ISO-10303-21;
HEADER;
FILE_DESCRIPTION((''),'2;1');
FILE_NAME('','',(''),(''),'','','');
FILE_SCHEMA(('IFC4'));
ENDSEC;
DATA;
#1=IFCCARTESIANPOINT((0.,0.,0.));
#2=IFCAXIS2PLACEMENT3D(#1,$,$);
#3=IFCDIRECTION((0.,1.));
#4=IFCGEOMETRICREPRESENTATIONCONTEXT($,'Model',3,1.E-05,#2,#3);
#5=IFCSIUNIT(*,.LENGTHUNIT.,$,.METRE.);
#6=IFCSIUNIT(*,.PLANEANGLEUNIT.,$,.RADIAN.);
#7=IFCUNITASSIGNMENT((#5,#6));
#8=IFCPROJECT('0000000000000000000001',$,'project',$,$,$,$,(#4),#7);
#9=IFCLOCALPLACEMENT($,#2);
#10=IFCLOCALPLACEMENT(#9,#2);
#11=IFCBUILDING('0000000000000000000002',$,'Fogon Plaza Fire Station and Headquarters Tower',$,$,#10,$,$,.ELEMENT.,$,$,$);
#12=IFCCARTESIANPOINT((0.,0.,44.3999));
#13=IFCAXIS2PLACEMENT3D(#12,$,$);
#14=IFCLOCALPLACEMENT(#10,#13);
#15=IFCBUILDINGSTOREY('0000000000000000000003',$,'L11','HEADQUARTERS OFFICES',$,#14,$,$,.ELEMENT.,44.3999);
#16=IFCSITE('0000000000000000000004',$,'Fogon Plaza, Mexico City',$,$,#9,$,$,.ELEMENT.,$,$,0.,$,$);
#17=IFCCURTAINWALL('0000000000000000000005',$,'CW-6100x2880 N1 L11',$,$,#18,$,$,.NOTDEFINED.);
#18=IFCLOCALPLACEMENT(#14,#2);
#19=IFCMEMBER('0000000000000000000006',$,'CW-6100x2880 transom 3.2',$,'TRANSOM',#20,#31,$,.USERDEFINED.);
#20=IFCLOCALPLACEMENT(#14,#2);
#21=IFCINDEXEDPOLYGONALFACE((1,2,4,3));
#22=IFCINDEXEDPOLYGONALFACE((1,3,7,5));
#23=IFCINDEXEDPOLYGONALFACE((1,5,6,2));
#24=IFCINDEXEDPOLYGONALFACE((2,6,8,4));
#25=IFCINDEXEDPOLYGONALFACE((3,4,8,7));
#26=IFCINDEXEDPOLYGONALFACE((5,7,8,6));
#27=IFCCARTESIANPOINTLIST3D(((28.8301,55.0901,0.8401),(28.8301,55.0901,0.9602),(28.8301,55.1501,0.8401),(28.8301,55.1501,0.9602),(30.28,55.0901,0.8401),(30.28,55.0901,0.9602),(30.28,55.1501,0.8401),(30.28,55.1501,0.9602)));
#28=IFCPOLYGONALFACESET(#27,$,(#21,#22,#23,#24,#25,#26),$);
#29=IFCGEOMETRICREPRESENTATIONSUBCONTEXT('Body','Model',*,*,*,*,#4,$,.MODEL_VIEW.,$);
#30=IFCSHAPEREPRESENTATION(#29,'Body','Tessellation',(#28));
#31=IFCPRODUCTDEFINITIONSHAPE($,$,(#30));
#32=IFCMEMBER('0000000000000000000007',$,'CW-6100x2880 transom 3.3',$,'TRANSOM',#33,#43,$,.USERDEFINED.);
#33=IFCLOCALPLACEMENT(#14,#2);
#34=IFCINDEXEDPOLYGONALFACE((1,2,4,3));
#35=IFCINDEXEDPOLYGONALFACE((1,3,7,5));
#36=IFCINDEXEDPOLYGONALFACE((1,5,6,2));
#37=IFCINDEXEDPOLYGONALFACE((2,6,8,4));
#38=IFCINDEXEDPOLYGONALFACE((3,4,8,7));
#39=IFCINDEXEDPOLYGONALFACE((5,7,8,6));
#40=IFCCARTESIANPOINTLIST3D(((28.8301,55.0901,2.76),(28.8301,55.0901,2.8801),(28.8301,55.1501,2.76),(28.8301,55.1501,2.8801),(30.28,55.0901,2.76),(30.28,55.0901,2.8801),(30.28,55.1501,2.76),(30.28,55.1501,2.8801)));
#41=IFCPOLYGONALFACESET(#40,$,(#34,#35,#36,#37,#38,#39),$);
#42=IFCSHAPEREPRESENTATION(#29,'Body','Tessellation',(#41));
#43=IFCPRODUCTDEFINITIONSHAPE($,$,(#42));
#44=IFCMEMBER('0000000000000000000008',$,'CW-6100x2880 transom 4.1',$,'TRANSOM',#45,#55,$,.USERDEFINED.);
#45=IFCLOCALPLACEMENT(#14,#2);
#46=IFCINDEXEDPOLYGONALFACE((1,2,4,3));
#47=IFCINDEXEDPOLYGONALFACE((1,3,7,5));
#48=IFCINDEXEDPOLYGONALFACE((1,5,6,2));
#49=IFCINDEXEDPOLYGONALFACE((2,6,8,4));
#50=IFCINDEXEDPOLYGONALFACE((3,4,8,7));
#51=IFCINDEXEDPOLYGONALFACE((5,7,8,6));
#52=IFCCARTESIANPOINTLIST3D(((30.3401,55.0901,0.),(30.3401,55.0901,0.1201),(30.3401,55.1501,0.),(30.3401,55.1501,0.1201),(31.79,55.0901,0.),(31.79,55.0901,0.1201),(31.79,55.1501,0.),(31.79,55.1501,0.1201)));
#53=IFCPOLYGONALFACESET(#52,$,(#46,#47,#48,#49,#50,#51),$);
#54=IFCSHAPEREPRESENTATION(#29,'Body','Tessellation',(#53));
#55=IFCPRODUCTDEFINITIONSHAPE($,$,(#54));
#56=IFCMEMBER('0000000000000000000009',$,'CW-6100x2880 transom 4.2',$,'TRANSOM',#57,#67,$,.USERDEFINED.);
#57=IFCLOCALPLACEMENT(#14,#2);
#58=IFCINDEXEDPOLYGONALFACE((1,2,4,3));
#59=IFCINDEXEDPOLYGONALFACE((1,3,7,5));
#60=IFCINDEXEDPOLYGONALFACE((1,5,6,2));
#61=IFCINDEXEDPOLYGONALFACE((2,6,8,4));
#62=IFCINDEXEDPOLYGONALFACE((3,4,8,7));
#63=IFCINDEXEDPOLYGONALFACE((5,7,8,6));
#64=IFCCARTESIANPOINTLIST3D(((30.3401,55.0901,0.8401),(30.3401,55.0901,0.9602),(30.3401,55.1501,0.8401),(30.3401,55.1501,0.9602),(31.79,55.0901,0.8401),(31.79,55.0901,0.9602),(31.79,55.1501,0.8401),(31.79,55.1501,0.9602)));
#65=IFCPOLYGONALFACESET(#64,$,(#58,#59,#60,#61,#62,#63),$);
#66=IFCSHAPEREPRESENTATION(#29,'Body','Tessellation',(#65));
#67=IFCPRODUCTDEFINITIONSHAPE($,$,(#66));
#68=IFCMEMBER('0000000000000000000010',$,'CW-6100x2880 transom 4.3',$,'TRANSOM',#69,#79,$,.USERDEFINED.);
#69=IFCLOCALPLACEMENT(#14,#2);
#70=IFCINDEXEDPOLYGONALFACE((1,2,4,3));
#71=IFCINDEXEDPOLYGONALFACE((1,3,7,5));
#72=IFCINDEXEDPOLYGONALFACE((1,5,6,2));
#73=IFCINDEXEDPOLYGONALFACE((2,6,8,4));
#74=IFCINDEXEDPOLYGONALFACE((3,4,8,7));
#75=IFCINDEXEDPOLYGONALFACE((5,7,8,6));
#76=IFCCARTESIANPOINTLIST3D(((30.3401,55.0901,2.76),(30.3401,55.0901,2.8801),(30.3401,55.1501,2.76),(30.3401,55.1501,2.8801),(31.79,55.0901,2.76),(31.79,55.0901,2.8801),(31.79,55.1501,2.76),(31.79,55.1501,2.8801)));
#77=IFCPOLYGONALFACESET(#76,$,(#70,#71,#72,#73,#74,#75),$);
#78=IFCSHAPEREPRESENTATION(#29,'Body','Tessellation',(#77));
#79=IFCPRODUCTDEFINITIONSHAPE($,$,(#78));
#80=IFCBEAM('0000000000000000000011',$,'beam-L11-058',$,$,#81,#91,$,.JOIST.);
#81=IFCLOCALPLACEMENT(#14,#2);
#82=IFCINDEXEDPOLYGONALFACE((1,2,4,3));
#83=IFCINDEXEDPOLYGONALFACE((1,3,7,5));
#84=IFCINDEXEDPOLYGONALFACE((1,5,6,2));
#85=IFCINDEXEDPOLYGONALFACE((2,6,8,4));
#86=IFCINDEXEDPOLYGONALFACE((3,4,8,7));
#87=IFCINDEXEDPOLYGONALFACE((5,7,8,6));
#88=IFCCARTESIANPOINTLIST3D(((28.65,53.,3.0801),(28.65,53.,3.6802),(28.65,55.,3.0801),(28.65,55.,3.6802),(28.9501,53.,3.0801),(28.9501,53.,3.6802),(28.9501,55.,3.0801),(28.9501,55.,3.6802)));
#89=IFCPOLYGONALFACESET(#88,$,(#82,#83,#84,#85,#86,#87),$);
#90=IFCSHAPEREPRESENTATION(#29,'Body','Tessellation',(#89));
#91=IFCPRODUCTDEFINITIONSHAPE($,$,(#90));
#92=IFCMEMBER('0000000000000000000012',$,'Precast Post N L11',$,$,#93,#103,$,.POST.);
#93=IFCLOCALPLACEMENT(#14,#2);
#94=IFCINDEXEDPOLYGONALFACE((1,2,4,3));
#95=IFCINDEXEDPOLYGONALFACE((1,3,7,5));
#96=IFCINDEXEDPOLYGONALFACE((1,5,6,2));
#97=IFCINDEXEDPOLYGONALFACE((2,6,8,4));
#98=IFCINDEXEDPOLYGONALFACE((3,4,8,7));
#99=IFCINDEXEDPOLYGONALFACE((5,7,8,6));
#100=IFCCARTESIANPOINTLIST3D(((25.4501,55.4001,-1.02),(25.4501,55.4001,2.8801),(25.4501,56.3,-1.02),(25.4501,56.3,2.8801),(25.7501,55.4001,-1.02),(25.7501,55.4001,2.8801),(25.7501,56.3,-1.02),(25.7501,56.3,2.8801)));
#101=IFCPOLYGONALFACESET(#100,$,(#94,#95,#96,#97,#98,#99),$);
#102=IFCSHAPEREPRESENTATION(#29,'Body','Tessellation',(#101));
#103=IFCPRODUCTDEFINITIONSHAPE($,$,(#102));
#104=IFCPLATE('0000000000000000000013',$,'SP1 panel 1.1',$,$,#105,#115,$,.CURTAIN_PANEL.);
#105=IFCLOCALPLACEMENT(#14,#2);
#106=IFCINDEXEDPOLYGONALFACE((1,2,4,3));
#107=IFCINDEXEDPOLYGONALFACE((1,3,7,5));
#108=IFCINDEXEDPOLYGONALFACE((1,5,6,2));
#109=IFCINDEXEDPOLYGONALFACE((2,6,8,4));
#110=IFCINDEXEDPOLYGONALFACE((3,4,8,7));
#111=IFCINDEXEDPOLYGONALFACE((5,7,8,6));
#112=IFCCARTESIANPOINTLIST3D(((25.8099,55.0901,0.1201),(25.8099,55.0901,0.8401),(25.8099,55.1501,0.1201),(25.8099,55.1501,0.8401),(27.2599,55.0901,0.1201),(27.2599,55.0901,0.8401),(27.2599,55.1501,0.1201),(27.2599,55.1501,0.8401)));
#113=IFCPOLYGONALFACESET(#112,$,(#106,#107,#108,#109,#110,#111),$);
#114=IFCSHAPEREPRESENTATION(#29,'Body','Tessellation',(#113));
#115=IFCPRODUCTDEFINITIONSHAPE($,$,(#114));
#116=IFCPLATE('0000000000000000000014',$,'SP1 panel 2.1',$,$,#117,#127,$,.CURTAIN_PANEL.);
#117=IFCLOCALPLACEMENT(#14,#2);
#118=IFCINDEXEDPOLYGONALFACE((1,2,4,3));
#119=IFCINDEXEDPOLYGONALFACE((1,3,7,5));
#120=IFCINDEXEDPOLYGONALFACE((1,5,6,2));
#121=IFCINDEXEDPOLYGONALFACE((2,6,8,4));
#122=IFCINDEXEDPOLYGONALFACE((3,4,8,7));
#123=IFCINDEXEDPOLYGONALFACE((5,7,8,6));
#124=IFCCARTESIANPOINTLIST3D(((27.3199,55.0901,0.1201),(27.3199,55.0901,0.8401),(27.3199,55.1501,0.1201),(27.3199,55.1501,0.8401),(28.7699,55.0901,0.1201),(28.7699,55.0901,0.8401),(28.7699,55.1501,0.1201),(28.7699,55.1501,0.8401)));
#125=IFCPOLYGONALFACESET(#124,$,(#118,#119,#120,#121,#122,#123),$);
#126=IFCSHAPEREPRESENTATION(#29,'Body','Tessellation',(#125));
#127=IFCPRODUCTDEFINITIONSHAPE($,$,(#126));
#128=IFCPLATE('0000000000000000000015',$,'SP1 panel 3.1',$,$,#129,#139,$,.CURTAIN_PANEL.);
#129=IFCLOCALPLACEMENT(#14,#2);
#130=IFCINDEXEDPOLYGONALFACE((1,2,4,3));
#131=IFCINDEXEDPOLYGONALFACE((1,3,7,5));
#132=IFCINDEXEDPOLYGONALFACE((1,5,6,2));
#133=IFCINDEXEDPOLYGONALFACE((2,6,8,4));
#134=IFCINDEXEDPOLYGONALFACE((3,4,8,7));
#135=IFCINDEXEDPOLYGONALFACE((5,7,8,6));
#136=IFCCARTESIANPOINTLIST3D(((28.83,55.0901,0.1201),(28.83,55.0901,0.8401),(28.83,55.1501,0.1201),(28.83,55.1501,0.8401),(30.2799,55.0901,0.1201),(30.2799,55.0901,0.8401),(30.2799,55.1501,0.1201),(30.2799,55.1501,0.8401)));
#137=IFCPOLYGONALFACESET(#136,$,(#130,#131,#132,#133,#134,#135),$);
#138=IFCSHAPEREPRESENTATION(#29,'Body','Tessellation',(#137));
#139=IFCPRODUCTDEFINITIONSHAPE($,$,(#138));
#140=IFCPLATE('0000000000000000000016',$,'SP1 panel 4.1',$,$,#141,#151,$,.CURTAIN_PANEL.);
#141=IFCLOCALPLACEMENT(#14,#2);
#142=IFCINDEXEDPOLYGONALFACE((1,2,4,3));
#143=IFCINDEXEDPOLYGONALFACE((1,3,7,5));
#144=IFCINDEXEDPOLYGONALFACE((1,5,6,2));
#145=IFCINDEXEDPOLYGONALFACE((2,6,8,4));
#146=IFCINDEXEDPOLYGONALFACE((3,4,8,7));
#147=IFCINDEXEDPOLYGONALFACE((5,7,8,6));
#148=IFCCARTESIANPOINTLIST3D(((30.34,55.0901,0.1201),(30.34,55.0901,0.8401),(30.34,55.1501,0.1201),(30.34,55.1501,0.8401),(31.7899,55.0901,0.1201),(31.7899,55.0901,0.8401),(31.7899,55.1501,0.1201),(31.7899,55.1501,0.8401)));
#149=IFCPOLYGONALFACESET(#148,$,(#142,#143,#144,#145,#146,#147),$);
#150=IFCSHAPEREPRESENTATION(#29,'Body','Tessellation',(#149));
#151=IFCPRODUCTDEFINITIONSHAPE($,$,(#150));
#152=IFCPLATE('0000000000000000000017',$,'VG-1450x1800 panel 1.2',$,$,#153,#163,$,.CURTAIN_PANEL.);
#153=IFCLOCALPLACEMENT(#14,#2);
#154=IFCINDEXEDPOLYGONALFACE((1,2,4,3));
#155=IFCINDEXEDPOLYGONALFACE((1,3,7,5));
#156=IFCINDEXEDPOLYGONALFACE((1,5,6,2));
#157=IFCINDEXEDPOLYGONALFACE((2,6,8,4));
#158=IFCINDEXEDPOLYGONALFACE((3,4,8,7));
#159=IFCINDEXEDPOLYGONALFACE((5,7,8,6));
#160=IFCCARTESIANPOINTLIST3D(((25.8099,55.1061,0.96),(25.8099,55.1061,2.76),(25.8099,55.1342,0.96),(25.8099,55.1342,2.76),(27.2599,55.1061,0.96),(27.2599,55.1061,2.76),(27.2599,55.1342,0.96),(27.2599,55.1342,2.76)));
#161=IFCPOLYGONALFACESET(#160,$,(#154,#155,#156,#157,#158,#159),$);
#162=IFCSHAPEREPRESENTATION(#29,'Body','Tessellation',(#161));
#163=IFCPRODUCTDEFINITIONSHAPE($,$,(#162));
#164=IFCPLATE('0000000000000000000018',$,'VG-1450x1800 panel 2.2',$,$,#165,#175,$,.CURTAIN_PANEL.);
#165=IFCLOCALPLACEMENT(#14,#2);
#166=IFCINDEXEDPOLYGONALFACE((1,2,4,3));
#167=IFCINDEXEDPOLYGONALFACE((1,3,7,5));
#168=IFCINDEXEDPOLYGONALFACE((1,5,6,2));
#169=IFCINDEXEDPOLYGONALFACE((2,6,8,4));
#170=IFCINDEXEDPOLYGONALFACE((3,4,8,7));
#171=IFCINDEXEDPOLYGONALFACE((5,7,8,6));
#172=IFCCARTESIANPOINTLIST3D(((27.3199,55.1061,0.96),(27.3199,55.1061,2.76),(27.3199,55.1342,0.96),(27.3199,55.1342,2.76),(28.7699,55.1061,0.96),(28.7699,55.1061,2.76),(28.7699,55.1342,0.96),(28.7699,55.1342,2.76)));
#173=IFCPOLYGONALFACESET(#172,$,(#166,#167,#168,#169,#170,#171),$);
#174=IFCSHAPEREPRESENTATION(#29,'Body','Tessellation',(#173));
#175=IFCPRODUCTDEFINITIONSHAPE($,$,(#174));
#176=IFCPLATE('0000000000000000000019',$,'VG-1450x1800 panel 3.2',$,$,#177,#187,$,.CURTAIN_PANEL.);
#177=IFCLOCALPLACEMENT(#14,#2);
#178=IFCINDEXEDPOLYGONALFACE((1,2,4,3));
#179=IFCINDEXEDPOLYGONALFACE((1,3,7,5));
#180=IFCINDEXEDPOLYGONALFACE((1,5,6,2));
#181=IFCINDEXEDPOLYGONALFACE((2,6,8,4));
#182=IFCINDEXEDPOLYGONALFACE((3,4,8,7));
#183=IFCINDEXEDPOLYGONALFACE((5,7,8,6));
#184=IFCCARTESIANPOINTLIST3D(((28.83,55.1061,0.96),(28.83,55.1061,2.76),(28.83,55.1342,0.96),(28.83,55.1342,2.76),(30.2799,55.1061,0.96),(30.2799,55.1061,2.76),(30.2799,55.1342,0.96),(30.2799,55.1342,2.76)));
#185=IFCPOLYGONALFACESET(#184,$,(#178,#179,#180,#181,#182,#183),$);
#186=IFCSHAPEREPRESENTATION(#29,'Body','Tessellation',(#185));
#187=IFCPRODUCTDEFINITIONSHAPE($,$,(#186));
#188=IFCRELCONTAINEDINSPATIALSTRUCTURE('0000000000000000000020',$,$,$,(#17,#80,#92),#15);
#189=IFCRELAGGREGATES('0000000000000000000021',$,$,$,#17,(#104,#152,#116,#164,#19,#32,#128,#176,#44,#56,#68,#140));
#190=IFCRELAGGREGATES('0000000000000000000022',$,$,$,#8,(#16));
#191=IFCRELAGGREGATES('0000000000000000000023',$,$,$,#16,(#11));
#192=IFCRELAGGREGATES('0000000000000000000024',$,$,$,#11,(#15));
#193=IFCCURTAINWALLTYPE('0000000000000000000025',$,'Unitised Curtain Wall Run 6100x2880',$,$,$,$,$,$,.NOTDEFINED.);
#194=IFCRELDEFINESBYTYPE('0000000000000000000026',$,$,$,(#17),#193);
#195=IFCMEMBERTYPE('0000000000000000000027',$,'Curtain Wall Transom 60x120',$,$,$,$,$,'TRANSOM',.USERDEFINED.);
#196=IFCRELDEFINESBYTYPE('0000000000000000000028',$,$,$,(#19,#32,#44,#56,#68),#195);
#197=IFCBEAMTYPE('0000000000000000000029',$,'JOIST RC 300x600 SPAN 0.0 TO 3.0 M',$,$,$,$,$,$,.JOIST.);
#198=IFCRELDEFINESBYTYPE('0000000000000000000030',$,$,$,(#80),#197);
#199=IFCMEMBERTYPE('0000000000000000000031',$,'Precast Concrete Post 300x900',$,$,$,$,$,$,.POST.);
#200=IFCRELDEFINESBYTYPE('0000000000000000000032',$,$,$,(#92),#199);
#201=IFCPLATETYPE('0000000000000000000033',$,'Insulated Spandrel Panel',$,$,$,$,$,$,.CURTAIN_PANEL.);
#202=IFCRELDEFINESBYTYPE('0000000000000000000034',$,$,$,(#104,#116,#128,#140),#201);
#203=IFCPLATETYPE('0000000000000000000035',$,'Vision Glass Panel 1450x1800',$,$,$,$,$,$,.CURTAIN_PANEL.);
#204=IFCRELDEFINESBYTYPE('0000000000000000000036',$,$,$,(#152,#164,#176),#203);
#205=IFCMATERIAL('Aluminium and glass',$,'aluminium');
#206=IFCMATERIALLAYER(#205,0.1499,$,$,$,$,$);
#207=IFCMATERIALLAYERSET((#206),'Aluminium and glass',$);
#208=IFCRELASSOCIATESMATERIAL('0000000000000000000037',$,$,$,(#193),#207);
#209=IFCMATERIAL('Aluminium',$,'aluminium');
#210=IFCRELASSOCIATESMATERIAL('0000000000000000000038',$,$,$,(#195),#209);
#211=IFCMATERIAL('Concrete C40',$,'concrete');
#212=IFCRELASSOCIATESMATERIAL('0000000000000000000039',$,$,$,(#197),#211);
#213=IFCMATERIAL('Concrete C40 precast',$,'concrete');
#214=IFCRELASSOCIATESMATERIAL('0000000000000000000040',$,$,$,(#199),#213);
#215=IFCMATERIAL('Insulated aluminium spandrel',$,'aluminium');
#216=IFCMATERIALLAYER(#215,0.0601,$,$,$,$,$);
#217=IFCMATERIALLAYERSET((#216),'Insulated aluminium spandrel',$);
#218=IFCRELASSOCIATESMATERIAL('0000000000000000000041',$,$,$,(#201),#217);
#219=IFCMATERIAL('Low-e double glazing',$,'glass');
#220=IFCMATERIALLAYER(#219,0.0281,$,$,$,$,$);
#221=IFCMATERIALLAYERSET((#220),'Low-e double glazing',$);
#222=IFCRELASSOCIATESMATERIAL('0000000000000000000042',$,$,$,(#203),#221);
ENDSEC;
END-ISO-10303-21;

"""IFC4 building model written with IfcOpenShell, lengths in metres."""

from ifc_helpers import new_model, si_unit, direction, frame, origin, origin_2d, place, context, subcontext, project, spatial, rectangle, extrude, material, layer, layer_set, material_profile, profile_set, type_object, element, aggregate, save


model = new_model("IFC4")

# Units and contexts
model_context = context("Model", 3, precision=1e-05, world=origin(), true_north=direction((0.0, 1.0)))
body_context = subcontext(model_context, "Body", "Model", "MODEL_VIEW")
ifc_project = project(units=[si_unit("LENGTHUNIT", "METRE"), si_unit("PLANEANGLEUNIT", "RADIAN")], contexts=[model_context])

# Site, building, storey
site_placement = place(None, origin())
site = spatial("IfcSite", under=ifc_project, at=site_placement, Name="Fogon Plaza, Mexico City", CompositionType="ELEMENT", RefElevation=0.0)
building_placement = place(site_placement, origin())
building = spatial("IfcBuilding", under=site, at=building_placement, Name="Fogon Plaza Fire Station and Headquarters Tower", CompositionType="ELEMENT")
storey_placement = place(building_placement, frame((0.0, 0.0, 44.3999)))
storey = spatial("IfcBuildingStorey", under=building, at=storey_placement, Name="L11", Description="HEADQUARTERS OFFICES", CompositionType="ELEMENT", Elevation=44.3999)

# Curtain wall, members
ifc_material_1 = material(Name="Aluminium and glass", Category="aluminium")
ifc_layer_1 = layer(ifc_material_1, 0.1499)
ifc_layer_set_1 = layer_set([ifc_layer_1], Name="Aluminium and glass")
curtain_wall_type = type_object("IfcCurtainWallType", Name="Unitised Curtain Wall Run 6100x2880", PredefinedType="NOTDEFINED", material=ifc_layer_set_1)
curtain_wall_placement = place(storey_placement, origin())
curtain_wall = element("IfcCurtainWall", 1, at=curtain_wall_placement, inside=storey, type_object=curtain_wall_type, Name="CW-6100x2880 N1 L11", PredefinedType="NOTDEFINED")
ifc_material_2 = material(Name="Aluminium", Category="aluminium")
ifc_material_profile_1 = material_profile(ifc_material_2, rectangle(XDim=0.0601, YDim=0.1201, at=origin_2d()), Name="Curtain Wall Transom 60x120")
ifc_profile_set_1 = profile_set([ifc_material_profile_1], Name="Aluminium")
member_type_1 = type_object("IfcMemberType", Name="Curtain Wall Transom 60x120", ElementType="TRANSOM", PredefinedType="USERDEFINED", material=ifc_profile_set_1)
member_1_placement = place(storey_placement, frame((28.8301, 55.1201, 0.9001), z_axis=(1.0, 0.0, 0.0), x_axis=(0.0, 1.0, 0.0)))
member_1 = element("IfcMember", 2, at=member_1_placement, type_object=member_type_1, Name="CW-6100x2880 transom 3.2", ObjectType="TRANSOM", PredefinedType="USERDEFINED", context=body_context, shape_type="SweptSolid", body=[
    extrude(rectangle(XDim=0.0601, YDim=0.1201, at=origin_2d()), origin(), (0.0, 0.0, 1.0), 1.45),
])
member_2_placement = place(storey_placement, frame((28.8301, 55.1201, 2.8201), z_axis=(1.0, 0.0, 0.0), x_axis=(0.0, 1.0, 0.0)))
member_2 = element("IfcMember", 3, at=member_2_placement, type_object=member_type_1, Name="CW-6100x2880 transom 3.3", ObjectType="TRANSOM", PredefinedType="USERDEFINED", context=body_context, shape_type="SweptSolid", body=[
    extrude(rectangle(XDim=0.0601, YDim=0.1201, at=origin_2d()), origin(), (0.0, 0.0, 1.0), 1.45),
])
member_3_placement = place(storey_placement, frame((30.3401, 55.1201, 0.0601), z_axis=(1.0, 0.0, 0.0), x_axis=(0.0, 1.0, 0.0)))
member_3 = element("IfcMember", 4, at=member_3_placement, type_object=member_type_1, Name="CW-6100x2880 transom 4.1", ObjectType="TRANSOM", PredefinedType="USERDEFINED", context=body_context, shape_type="SweptSolid", body=[
    extrude(rectangle(XDim=0.0601, YDim=0.1201, at=origin_2d()), origin(), (0.0, 0.0, 1.0), 1.45),
])
member_4_placement = place(storey_placement, frame((30.3401, 55.1201, 0.9001), z_axis=(1.0, 0.0, 0.0), x_axis=(0.0, 1.0, 0.0)))
member_4 = element("IfcMember", 5, at=member_4_placement, type_object=member_type_1, Name="CW-6100x2880 transom 4.2", ObjectType="TRANSOM", PredefinedType="USERDEFINED", context=body_context, shape_type="SweptSolid", body=[
    extrude(rectangle(XDim=0.0601, YDim=0.1201, at=origin_2d()), origin(), (0.0, 0.0, 1.0), 1.45),
])
member_5_placement = place(storey_placement, frame((30.3401, 55.1201, 2.8201), z_axis=(1.0, 0.0, 0.0), x_axis=(0.0, 1.0, 0.0)))
member_5 = element("IfcMember", 6, at=member_5_placement, type_object=member_type_1, Name="CW-6100x2880 transom 4.3", ObjectType="TRANSOM", PredefinedType="USERDEFINED", context=body_context, shape_type="SweptSolid", body=[
    extrude(rectangle(XDim=0.0601, YDim=0.1201, at=origin_2d()), origin(), (0.0, 0.0, 1.0), 1.45),
])

# Beam
ifc_material_3 = material(Name="Concrete C40", Category="concrete")
ifc_material_profile_2 = material_profile(ifc_material_3, rectangle(XDim=0.3, YDim=0.6001, at=origin_2d()), Name="RC 300x600")
ifc_profile_set_2 = profile_set([ifc_material_profile_2], Name="Concrete C40")
beam_type_1 = type_object("IfcBeamType", Name="JOIST RC 300x600 SPAN 0.0 TO 3.0 M", PredefinedType="JOIST", material=ifc_profile_set_2)
beam_1_placement = place(storey_placement, frame((28.8, 53.0, 3.3801), z_axis=(0.0, 1.0, 0.0), x_axis=(-1.0, 0.0, 0.0)))
element("IfcBeam", 7, at=beam_1_placement, inside=storey, type_object=beam_type_1, Name="beam-L11-058", PredefinedType="JOIST", context=body_context, shape_type="SweptSolid", body=[
    extrude(rectangle(XDim=0.3, YDim=0.6001, at=origin_2d()), origin(), (0.0, 0.0, 1.0), 2.0),
])

# Member
ifc_material_4 = material(Name="Concrete C40 precast", Category="concrete")
ifc_material_profile_3 = material_profile(ifc_material_4, rectangle(XDim=0.3, YDim=0.8999, at=origin_2d()), Name="Precast Concrete Post 300x900")
ifc_profile_set_3 = profile_set([ifc_material_profile_3], Name="Concrete C40 precast")
member_type_2 = type_object("IfcMemberType", Name="Precast Concrete Post 300x900", PredefinedType="POST", material=ifc_profile_set_3)
member_6_placement = place(storey_placement, frame((25.6001, 55.8501, -1.02), z_axis=(0.0, 0.0, 1.0), x_axis=(1.0, 0.0, 0.0)))
element("IfcMember", 8, at=member_6_placement, inside=storey, type_object=member_type_2, Name="Precast Post N L11", PredefinedType="POST", context=body_context, shape_type="SweptSolid", body=[
    extrude(rectangle(XDim=0.3, YDim=0.8999, at=origin_2d()), origin(), (0.0, 0.0, 1.0), 3.9001),
])

# Plates
ifc_material_5 = material(Name="Insulated aluminium spandrel", Category="aluminium")
ifc_layer_2 = layer(ifc_material_5, 0.0601)
ifc_layer_set_2 = layer_set([ifc_layer_2], Name="Insulated aluminium spandrel")
plate_type_1 = type_object("IfcPlateType", Name="Insulated Spandrel Panel", PredefinedType="CURTAIN_PANEL", material=ifc_layer_set_2)
plate_1_placement = place(storey_placement, frame((26.5349, 55.1201, 0.1201), z_axis=(0.0, 0.0, 1.0), x_axis=(1.0, 0.0, 0.0)))
plate_1 = element("IfcPlate", 9, at=plate_1_placement, type_object=plate_type_1, Name="SP1 panel 1.1", PredefinedType="CURTAIN_PANEL", context=body_context, shape_type="SweptSolid", body=[
    extrude(rectangle(XDim=1.45, YDim=0.0601, at=origin_2d()), origin(), (0.0, 0.0, 1.0), 0.72),
])
plate_2_placement = place(storey_placement, frame((28.0449, 55.1201, 0.1201), z_axis=(0.0, 0.0, 1.0), x_axis=(1.0, 0.0, 0.0)))
plate_2 = element("IfcPlate", 10, at=plate_2_placement, type_object=plate_type_1, Name="SP1 panel 2.1", PredefinedType="CURTAIN_PANEL", context=body_context, shape_type="SweptSolid", body=[
    extrude(rectangle(XDim=1.45, YDim=0.0601, at=origin_2d()), origin(), (0.0, 0.0, 1.0), 0.72),
])
plate_3_placement = place(storey_placement, frame((29.5549, 55.1201, 0.1201), z_axis=(0.0, 0.0, 1.0), x_axis=(1.0, 0.0, 0.0)))
plate_3 = element("IfcPlate", 11, at=plate_3_placement, type_object=plate_type_1, Name="SP1 panel 3.1", PredefinedType="CURTAIN_PANEL", context=body_context, shape_type="SweptSolid", body=[
    extrude(rectangle(XDim=1.45, YDim=0.0601, at=origin_2d()), origin(), (0.0, 0.0, 1.0), 0.72),
])
plate_4_placement = place(storey_placement, frame((31.0649, 55.1201, 0.1201), z_axis=(0.0, 0.0, 1.0), x_axis=(1.0, 0.0, 0.0)))
plate_4 = element("IfcPlate", 12, at=plate_4_placement, type_object=plate_type_1, Name="SP1 panel 4.1", PredefinedType="CURTAIN_PANEL", context=body_context, shape_type="SweptSolid", body=[
    extrude(rectangle(XDim=1.45, YDim=0.0601, at=origin_2d()), origin(), (0.0, 0.0, 1.0), 0.72),
])
ifc_material_6 = material(Name="Low-e double glazing", Category="glass")
ifc_layer_3 = layer(ifc_material_6, 0.0281)
ifc_layer_set_3 = layer_set([ifc_layer_3], Name="Low-e double glazing")
plate_type_2 = type_object("IfcPlateType", Name="Vision Glass Panel 1450x1800", PredefinedType="CURTAIN_PANEL", material=ifc_layer_set_3)
plate_5_placement = place(storey_placement, frame((26.5349, 55.1201, 0.96), z_axis=(0.0, 0.0, 1.0), x_axis=(1.0, 0.0, 0.0)))
plate_5 = element("IfcPlate", 13, at=plate_5_placement, type_object=plate_type_2, Name="VG-1450x1800 panel 1.2", PredefinedType="CURTAIN_PANEL", context=body_context, shape_type="SweptSolid", body=[
    extrude(rectangle(XDim=1.45, YDim=0.0281, at=origin_2d()), origin(), (0.0, 0.0, 1.0), 1.8),
])
plate_6_placement = place(storey_placement, frame((28.0449, 55.1201, 0.96), z_axis=(0.0, 0.0, 1.0), x_axis=(1.0, 0.0, 0.0)))
plate_6 = element("IfcPlate", 14, at=plate_6_placement, type_object=plate_type_2, Name="VG-1450x1800 panel 2.2", PredefinedType="CURTAIN_PANEL", context=body_context, shape_type="SweptSolid", body=[
    extrude(rectangle(XDim=1.45, YDim=0.0281, at=origin_2d()), origin(), (0.0, 0.0, 1.0), 1.8),
])
plate_7_placement = place(storey_placement, frame((29.5549, 55.1201, 0.96), z_axis=(0.0, 0.0, 1.0), x_axis=(1.0, 0.0, 0.0)))
plate_7 = element("IfcPlate", 15, at=plate_7_placement, type_object=plate_type_2, Name="VG-1450x1800 panel 3.2", PredefinedType="CURTAIN_PANEL", context=body_context, shape_type="SweptSolid", body=[
    extrude(rectangle(XDim=1.45, YDim=0.0281, at=origin_2d()), origin(), (0.0, 0.0, 1.0), 1.8),
])
aggregate(curtain_wall, [plate_1, plate_5, plate_2, plate_6, member_1, member_2, plate_3, plate_7, member_3, member_4, member_5, plate_4])

save(model, "model.ifc")
